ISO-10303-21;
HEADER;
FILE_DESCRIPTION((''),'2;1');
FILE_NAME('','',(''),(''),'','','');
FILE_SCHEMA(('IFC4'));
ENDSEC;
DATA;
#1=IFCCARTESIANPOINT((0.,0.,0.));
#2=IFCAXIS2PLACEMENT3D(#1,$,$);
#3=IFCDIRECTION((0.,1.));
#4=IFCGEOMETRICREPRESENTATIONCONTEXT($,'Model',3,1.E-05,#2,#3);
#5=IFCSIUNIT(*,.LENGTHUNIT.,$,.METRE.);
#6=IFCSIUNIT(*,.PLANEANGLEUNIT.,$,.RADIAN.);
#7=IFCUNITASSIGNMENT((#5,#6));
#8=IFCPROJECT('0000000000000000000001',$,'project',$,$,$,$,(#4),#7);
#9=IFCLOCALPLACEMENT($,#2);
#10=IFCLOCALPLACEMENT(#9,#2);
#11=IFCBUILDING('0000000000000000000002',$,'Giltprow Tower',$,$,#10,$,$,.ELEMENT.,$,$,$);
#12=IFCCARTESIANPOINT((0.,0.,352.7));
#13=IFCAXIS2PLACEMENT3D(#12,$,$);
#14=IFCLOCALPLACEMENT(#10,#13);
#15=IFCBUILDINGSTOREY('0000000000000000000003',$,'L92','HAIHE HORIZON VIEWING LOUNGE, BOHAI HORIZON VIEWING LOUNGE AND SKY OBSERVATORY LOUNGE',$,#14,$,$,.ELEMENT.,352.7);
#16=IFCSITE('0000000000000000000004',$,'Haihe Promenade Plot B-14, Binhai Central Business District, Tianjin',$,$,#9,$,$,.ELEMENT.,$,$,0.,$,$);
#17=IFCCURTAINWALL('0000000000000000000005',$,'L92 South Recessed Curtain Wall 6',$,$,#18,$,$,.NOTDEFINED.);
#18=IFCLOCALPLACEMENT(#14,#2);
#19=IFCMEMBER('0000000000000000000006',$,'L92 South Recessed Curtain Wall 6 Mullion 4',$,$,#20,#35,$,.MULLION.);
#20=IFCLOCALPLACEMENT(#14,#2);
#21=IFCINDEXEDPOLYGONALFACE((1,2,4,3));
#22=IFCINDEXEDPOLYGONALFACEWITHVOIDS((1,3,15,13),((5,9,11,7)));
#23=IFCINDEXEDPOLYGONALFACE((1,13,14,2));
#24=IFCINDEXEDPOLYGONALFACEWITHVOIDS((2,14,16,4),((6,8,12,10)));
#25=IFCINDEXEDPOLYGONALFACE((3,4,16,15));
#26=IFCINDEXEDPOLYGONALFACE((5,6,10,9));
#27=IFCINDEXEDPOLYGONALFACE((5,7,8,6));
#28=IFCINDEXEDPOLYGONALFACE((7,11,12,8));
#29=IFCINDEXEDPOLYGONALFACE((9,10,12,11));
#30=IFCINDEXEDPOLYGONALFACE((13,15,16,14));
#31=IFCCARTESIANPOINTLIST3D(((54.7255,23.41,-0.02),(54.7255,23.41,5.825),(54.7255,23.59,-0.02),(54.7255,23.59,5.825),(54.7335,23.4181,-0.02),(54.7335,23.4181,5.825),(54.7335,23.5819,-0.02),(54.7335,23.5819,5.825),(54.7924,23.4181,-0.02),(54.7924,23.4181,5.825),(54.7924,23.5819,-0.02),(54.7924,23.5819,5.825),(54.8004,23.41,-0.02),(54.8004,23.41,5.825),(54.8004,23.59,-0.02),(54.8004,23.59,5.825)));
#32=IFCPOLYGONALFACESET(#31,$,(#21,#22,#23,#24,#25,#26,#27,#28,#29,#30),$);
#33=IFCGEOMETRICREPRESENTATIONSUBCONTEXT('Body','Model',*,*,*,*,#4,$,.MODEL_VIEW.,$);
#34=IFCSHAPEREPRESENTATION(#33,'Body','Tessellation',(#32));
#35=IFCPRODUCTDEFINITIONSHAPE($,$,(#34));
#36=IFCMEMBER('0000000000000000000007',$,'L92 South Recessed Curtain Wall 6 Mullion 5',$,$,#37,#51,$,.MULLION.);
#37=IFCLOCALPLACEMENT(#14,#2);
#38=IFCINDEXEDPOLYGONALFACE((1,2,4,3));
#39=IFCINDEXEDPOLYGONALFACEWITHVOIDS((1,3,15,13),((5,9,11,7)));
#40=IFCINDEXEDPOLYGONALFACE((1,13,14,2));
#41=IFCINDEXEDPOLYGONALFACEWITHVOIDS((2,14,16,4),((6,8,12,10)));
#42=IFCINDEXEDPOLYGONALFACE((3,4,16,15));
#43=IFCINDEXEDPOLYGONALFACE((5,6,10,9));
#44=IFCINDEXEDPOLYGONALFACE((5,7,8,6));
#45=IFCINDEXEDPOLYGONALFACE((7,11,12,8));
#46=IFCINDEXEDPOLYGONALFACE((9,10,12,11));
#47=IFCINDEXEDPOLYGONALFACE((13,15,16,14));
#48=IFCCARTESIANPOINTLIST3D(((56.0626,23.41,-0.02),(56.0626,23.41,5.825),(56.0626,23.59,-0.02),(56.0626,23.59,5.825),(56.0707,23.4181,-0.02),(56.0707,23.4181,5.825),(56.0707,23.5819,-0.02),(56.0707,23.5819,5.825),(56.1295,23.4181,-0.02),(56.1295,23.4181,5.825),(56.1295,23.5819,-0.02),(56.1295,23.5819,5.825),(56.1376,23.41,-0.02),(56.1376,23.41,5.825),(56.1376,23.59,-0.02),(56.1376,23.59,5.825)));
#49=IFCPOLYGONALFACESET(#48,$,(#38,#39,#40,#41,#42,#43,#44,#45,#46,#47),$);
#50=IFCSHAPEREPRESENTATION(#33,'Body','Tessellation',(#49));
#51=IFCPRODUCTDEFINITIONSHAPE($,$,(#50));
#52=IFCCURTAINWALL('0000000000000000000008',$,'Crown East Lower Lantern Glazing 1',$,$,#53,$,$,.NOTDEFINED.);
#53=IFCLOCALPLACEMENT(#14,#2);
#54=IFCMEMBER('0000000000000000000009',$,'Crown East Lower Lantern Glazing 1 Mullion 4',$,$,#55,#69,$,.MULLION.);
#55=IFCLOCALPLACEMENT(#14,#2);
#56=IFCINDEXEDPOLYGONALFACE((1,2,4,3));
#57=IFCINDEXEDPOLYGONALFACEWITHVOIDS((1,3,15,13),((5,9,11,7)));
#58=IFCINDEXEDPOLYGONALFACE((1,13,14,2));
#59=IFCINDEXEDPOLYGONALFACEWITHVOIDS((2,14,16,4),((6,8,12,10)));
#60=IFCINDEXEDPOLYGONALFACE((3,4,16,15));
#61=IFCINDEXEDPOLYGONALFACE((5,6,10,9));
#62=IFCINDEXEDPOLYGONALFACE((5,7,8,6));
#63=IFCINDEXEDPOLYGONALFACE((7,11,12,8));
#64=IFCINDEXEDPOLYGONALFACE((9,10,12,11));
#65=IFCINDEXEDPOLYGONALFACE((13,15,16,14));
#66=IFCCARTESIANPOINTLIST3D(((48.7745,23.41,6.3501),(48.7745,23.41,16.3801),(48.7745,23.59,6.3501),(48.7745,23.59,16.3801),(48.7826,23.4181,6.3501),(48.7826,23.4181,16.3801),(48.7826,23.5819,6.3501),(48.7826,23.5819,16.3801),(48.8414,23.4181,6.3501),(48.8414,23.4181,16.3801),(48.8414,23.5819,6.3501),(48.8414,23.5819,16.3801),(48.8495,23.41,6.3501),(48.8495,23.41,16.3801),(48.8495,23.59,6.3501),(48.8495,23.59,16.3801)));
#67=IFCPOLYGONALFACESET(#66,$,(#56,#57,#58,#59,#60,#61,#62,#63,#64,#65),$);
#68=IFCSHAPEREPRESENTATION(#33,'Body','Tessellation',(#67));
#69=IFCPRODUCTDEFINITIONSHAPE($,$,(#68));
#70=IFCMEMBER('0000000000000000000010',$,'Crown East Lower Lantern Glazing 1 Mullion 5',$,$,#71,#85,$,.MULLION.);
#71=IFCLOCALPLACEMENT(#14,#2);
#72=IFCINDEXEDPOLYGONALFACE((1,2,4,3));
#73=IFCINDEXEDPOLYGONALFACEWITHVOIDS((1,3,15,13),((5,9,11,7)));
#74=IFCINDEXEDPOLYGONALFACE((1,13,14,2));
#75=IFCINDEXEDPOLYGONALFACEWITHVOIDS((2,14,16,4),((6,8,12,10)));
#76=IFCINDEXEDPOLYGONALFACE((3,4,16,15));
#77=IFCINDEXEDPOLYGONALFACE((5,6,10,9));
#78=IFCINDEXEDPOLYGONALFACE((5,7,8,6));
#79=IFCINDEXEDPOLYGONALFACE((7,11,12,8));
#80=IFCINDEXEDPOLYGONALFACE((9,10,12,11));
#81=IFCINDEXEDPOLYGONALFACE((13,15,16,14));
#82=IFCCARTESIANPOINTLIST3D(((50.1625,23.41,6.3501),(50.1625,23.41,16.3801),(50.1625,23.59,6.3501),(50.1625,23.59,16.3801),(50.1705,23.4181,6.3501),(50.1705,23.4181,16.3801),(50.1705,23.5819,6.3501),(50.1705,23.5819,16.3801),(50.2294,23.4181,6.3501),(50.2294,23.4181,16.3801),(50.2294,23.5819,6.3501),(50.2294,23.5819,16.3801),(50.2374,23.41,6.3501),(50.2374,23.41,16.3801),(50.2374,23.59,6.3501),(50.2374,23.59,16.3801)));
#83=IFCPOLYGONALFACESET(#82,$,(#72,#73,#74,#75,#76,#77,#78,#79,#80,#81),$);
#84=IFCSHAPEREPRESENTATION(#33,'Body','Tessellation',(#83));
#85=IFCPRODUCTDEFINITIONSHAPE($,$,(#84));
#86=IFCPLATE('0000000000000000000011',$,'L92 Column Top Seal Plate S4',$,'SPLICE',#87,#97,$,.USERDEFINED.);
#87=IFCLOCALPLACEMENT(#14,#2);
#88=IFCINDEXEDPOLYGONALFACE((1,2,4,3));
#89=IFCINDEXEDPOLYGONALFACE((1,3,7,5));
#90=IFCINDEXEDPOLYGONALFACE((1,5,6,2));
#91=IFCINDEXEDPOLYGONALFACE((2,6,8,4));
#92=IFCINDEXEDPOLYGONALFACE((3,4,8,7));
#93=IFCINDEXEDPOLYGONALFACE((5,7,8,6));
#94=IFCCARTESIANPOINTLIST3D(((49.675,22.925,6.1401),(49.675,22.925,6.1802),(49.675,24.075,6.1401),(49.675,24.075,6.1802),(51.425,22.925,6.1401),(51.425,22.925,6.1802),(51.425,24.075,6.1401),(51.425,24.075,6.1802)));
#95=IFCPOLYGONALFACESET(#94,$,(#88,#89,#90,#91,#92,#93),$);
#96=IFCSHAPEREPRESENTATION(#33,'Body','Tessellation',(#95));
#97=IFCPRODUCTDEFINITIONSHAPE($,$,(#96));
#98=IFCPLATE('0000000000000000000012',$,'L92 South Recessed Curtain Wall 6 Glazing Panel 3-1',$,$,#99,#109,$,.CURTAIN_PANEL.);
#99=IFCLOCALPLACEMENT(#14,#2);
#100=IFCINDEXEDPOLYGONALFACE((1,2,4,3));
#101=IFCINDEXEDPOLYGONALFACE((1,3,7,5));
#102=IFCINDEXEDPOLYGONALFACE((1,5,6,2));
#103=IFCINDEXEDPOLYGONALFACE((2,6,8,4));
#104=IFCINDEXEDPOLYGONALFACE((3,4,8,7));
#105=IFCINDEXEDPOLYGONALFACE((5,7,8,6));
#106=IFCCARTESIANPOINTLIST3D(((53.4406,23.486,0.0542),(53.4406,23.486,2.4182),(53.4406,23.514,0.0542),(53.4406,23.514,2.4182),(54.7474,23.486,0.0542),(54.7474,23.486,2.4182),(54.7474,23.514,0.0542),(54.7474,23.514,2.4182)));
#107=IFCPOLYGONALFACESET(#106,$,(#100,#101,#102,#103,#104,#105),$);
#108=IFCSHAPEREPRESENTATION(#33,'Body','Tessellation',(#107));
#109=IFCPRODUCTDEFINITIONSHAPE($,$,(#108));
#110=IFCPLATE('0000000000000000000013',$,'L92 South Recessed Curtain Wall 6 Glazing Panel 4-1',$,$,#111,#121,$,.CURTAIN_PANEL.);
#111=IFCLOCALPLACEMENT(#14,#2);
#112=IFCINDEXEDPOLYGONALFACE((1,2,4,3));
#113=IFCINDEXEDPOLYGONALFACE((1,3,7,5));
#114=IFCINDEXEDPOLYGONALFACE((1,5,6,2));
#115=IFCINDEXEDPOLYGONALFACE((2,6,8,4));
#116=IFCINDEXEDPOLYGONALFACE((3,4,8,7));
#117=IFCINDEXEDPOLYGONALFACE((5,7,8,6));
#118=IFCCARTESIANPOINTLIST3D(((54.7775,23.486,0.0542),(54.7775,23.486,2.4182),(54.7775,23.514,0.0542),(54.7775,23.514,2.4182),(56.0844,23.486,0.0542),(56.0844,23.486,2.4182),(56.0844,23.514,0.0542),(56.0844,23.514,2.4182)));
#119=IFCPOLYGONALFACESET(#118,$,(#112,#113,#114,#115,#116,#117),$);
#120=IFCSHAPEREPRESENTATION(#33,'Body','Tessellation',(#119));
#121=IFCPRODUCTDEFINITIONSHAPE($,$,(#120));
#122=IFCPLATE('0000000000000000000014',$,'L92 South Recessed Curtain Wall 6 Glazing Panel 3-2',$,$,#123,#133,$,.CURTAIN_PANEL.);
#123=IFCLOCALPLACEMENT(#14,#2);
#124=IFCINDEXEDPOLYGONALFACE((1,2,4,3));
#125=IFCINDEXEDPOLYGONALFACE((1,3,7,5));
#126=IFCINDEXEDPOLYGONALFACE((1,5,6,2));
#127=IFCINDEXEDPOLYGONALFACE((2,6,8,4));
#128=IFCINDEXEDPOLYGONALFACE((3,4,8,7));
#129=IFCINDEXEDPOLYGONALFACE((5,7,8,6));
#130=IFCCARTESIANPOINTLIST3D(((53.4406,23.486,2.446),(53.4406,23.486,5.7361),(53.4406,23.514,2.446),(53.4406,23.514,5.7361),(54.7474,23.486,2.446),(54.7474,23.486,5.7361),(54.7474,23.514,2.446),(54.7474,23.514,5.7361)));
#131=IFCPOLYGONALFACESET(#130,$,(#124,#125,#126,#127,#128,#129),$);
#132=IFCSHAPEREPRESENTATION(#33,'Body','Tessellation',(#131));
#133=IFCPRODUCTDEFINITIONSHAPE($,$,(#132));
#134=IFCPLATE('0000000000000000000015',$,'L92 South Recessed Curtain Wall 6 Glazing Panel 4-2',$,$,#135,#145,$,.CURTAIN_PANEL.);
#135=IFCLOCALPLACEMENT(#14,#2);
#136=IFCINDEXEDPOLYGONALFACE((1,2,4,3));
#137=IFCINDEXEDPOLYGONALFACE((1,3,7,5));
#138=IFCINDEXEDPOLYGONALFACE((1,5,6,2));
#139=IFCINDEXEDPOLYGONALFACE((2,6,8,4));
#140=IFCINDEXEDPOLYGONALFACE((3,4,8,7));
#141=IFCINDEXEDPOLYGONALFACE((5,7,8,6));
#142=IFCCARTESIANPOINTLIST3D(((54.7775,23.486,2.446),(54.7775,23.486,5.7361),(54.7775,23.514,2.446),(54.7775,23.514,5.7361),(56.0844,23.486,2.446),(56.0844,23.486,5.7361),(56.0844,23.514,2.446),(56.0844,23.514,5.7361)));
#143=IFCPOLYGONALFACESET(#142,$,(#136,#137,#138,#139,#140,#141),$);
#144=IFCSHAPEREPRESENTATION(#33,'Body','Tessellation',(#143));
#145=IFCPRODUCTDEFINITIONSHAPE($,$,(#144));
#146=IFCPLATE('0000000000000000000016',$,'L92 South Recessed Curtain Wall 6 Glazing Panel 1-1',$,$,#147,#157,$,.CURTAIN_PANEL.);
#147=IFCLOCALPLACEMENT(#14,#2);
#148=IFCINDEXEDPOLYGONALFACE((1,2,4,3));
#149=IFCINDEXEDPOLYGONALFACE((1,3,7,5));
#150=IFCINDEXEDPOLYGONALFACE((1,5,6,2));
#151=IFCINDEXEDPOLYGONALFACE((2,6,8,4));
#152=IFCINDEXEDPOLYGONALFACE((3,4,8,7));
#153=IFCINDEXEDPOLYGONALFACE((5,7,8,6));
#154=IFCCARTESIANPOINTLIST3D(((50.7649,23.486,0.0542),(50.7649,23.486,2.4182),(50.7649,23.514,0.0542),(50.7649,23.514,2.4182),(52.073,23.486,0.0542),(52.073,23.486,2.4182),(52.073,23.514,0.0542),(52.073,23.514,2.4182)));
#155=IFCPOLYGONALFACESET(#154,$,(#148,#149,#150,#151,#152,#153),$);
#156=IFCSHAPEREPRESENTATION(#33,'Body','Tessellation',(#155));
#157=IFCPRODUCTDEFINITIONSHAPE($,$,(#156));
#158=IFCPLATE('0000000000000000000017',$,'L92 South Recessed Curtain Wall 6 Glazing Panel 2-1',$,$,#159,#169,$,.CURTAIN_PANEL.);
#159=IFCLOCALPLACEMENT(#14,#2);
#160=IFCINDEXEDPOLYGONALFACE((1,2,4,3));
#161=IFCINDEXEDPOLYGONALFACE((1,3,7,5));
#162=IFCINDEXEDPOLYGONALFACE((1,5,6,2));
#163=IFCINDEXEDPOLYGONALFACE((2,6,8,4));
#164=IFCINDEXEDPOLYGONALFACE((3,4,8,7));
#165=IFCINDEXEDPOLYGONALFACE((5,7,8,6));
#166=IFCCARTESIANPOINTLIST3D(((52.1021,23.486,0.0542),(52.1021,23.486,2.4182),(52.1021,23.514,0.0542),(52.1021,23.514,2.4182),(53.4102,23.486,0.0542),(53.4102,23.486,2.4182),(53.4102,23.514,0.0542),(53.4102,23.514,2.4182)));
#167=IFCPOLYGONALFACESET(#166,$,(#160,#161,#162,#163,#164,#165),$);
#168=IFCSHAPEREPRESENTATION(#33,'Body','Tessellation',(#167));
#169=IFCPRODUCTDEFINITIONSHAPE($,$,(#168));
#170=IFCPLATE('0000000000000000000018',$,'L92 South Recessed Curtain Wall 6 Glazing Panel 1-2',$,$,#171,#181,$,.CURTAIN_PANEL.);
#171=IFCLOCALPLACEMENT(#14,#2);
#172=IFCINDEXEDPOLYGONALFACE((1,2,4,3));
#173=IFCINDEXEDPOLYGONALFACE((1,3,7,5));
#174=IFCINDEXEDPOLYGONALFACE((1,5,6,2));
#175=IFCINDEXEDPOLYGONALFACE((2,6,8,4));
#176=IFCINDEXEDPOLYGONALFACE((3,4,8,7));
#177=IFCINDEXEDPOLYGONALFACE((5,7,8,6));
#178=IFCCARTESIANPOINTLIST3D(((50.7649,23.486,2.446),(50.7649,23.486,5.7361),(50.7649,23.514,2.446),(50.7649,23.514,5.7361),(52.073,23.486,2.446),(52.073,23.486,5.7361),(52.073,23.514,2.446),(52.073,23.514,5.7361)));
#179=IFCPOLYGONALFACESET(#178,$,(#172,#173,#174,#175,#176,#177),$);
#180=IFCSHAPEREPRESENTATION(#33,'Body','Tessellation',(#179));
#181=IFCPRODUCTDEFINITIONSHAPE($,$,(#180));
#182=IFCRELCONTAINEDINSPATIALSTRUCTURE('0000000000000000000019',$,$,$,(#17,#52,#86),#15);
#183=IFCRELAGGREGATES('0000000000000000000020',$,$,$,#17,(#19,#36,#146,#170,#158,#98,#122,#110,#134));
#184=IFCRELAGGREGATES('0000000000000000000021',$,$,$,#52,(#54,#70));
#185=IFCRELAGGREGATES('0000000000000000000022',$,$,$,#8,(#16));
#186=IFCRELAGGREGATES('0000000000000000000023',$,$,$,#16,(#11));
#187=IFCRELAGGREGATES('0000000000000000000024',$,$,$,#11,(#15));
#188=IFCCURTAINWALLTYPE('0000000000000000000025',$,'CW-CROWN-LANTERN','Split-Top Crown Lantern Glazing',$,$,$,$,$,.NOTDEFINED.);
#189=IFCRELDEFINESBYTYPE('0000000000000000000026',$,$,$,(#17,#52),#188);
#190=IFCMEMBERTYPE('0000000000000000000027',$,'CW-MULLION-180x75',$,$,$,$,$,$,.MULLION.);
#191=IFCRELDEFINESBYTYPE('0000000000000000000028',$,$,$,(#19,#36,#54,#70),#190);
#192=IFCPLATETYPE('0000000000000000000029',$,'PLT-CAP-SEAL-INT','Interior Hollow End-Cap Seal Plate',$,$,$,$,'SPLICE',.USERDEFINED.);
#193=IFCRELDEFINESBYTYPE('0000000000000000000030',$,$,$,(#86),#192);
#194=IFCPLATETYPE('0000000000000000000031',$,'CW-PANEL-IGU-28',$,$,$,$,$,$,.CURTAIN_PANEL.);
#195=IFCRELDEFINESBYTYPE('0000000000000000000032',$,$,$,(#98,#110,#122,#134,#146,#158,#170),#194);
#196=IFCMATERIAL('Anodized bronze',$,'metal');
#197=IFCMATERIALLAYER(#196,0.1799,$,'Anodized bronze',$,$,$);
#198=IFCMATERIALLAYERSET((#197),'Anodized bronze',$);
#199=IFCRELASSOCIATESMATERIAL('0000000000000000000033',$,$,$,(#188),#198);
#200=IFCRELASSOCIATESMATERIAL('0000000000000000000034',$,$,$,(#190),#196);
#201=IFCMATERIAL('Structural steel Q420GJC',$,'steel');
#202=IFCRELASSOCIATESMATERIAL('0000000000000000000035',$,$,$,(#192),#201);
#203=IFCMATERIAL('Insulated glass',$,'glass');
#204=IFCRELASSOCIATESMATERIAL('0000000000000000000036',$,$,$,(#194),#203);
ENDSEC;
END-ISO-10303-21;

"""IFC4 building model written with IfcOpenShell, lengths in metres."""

from ifc_helpers import new_model, si_unit, direction, frame, origin, origin_2d, place, context, subcontext, project, spatial, rectangle, hollow_rectangle, extrude, source, transform, mapped, material, layer, layer_set, material_profile, profile_set, type_object, element, aggregate, save


model = new_model("IFC4")

# Units and contexts
model_context = context("Model", 3, precision=1e-05, world=origin(), true_north=direction((0.0, 1.0)))
body_context = subcontext(model_context, "Body", "Model", "MODEL_VIEW")
ifc_project = project(units=[si_unit("LENGTHUNIT", "METRE"), si_unit("PLANEANGLEUNIT", "RADIAN")], contexts=[model_context])

# Site, building, storey
site_placement = place(None, origin())
site = spatial("IfcSite", under=ifc_project, at=site_placement, Name="Haihe Promenade Plot B-14, Binhai Central Business District, Tianjin", CompositionType="ELEMENT", RefElevation=0.0)
building_placement = place(site_placement, origin())
building = spatial("IfcBuilding", under=site, at=building_placement, Name="Giltprow Tower", CompositionType="ELEMENT")
storey_placement = place(building_placement, frame((0.0, 0.0, 352.7)))
storey = spatial("IfcBuildingStorey", under=building, at=storey_placement, Name="L92", Description="HAIHE HORIZON VIEWING LOUNGE, BOHAI HORIZON VIEWING LOUNGE AND SKY OBSERVATORY LOUNGE", CompositionType="ELEMENT", Elevation=352.7)

# Curtain walls, members
ifc_material_1 = material(Name="Anodized bronze", Category="metal")
ifc_layer_1 = layer(ifc_material_1, 0.1799, Name="Anodized bronze")
ifc_layer_set_1 = layer_set([ifc_layer_1], Name="Anodized bronze")
curtain_wall_type = type_object("IfcCurtainWallType", Name="CW-CROWN-LANTERN", Description="Split-Top Crown Lantern Glazing", PredefinedType="NOTDEFINED", material=ifc_layer_set_1)
curtain_wall_1_placement = place(storey_placement, origin())
curtain_wall_1 = element("IfcCurtainWall", 1, at=curtain_wall_1_placement, inside=storey, type_object=curtain_wall_type, Name="L92 South Recessed Curtain Wall 6", PredefinedType="NOTDEFINED")
ifc_material_profile_1 = material_profile(ifc_material_1, hollow_rectangle(XDim=0.075, YDim=0.1799, WallThickness=0.0081, at=origin_2d()), Name="RHS 180x75x8")
ifc_profile_set_1 = profile_set([ifc_material_profile_1], Name="Anodized bronze")
member_type_1 = type_object("IfcMemberType", Name="CW-MULLION-180x75", PredefinedType="MULLION", material=ifc_profile_set_1)
shared_shape_1 = source(origin(), body_context, "Body", "SweptSolid", [
    extrude(hollow_rectangle(XDim=0.075, YDim=0.1799, WallThickness=0.0081, at=origin_2d()), origin(), (0.0, 0.0, 1.0), 5.845),
])
member_1_placement = place(storey_placement, frame((54.7629, 23.5, -0.02), z_axis=(0.0, 0.0, 1.0), x_axis=(1.0, 0.0, 0.0)))
member_1 = element("IfcMember", 2, at=member_1_placement, type_object=member_type_1, Name="L92 South Recessed Curtain Wall 6 Mullion 4", PredefinedType="MULLION", context=body_context, shape_type="MappedRepresentation", body=[
    mapped(shared_shape_1, transform((0.0, 0.0, 0.0), x_axis=(1.0, 0.0, 0.0), y_axis=(0.0, 1.0, 0.0), z_axis=(0.0, 0.0, 1.0), scale=1.0)),
])
member_2_placement = place(storey_placement, frame((56.1001, 23.5, -0.02), z_axis=(0.0, 0.0, 1.0), x_axis=(1.0, 0.0, 0.0)))
member_2 = element("IfcMember", 3, at=member_2_placement, type_object=member_type_1, Name="L92 South Recessed Curtain Wall 6 Mullion 5", PredefinedType="MULLION", context=body_context, shape_type="MappedRepresentation", body=[
    mapped(shared_shape_1, transform((0.0, 0.0, 0.0), x_axis=(1.0, 0.0, 0.0), y_axis=(0.0, 1.0, 0.0), z_axis=(0.0, 0.0, 1.0), scale=1.0)),
])
curtain_wall_2_placement = place(storey_placement, origin())
curtain_wall_2 = element("IfcCurtainWall", 4, at=curtain_wall_2_placement, inside=storey, type_object=curtain_wall_type, Name="Crown East Lower Lantern Glazing 1", PredefinedType="NOTDEFINED")
shared_shape_2 = source(origin(), body_context, "Body", "SweptSolid", [
    extrude(hollow_rectangle(XDim=0.075, YDim=0.1799, WallThickness=0.0081, at=origin_2d()), origin(), (0.0, 0.0, 1.0), 10.03),
])
member_3_placement = place(storey_placement, frame((48.812, 23.5, 6.3501), z_axis=(0.0, 0.0, 1.0), x_axis=(1.0, 0.0, 0.0)))
member_3 = element("IfcMember", 5, at=member_3_placement, type_object=member_type_1, Name="Crown East Lower Lantern Glazing 1 Mullion 4", PredefinedType="MULLION", context=body_context, shape_type="MappedRepresentation", body=[
    mapped(shared_shape_2, transform((0.0, 0.0, 0.0), x_axis=(1.0, 0.0, 0.0), y_axis=(0.0, 1.0, 0.0), z_axis=(0.0, 0.0, 1.0), scale=1.0)),
])
member_4_placement = place(storey_placement, frame((50.2, 23.5, 6.3501), z_axis=(0.0, 0.0, 1.0), x_axis=(1.0, 0.0, 0.0)))
member_4 = element("IfcMember", 6, at=member_4_placement, type_object=member_type_1, Name="Crown East Lower Lantern Glazing 1 Mullion 5", PredefinedType="MULLION", context=body_context, shape_type="MappedRepresentation", body=[
    mapped(shared_shape_2, transform((0.0, 0.0, 0.0), x_axis=(1.0, 0.0, 0.0), y_axis=(0.0, 1.0, 0.0), z_axis=(0.0, 0.0, 1.0), scale=1.0)),
])

# Plates
ifc_material_2 = material(Name="Structural steel Q420GJC", Category="steel")
plate_type_1 = type_object("IfcPlateType", Name="PLT-CAP-SEAL-INT", Description="Interior Hollow End-Cap Seal Plate", ElementType="SPLICE", PredefinedType="USERDEFINED", material=ifc_material_2)
shared_shape_3 = source(origin(), body_context, "Body", "SweptSolid", [
    extrude(rectangle(XDim=1.75, YDim=1.1499, at=origin_2d()), origin(), (0.0, 0.0, 1.0), 0.04),
])
plate_1_placement = place(storey_placement, frame((50.55, 23.5, 6.1401), z_axis=(0.0, 0.0, 1.0), x_axis=(1.0, 0.0, 0.0)))
element("IfcPlate", 7, at=plate_1_placement, inside=storey, type_object=plate_type_1, Name="L92 Column Top Seal Plate S4", ObjectType="SPLICE", PredefinedType="USERDEFINED", context=body_context, shape_type="MappedRepresentation", body=[
    mapped(shared_shape_3, transform((0.0, 0.0, 0.0), x_axis=(1.0, 0.0, 0.0), y_axis=(0.0, 1.0, 0.0), z_axis=(0.0, 0.0, 1.0), scale=1.0)),
])
ifc_material_3 = material(Name="Insulated glass", Category="glass")
plate_type_2 = type_object("IfcPlateType", Name="CW-PANEL-IGU-28", PredefinedType="CURTAIN_PANEL", material=ifc_material_3)
shared_shape_4 = source(origin(), body_context, "Body", "SweptSolid", [
    extrude(rectangle(XDim=1.3069, YDim=0.0281, at=origin_2d()), origin(), (0.0, 0.0, 1.0), 2.364),
])
plate_2_placement = place(storey_placement, frame((54.094, 23.5, 0.0542), z_axis=(0.0, 0.0, 1.0), x_axis=(1.0, 0.0, 0.0)))
plate_2 = element("IfcPlate", 8, at=plate_2_placement, type_object=plate_type_2, Name="L92 South Recessed Curtain Wall 6 Glazing Panel 3-1", PredefinedType="CURTAIN_PANEL", context=body_context, shape_type="MappedRepresentation", body=[
    mapped(shared_shape_4, transform((0.0, 0.0, 0.0), x_axis=(1.0, 0.0, 0.0), y_axis=(0.0, 1.0, 0.0), z_axis=(0.0, 0.0, 1.0), scale=1.0)),
])
plate_3_placement = place(storey_placement, frame((55.4309, 23.5, 0.0542), z_axis=(0.0, 0.0, 1.0), x_axis=(1.0, 0.0, 0.0)))
plate_3 = element("IfcPlate", 9, at=plate_3_placement, type_object=plate_type_2, Name="L92 South Recessed Curtain Wall 6 Glazing Panel 4-1", PredefinedType="CURTAIN_PANEL", context=body_context, shape_type="MappedRepresentation", body=[
    mapped(shared_shape_4, transform((0.0, 0.0, 0.0), x_axis=(1.0, 0.0, 0.0), y_axis=(0.0, 1.0, 0.0), z_axis=(0.0, 0.0, 1.0), scale=1.0)),
])
shared_shape_5 = source(origin(), body_context, "Body", "SweptSolid", [
    extrude(rectangle(XDim=1.3069, YDim=0.0281, at=origin_2d()), origin(), (0.0, 0.0, 1.0), 3.29),
])
plate_4_placement = place(storey_placement, frame((54.094, 23.5, 2.446), z_axis=(0.0, 0.0, 1.0), x_axis=(1.0, 0.0, 0.0)))
plate_4 = element("IfcPlate", 10, at=plate_4_placement, type_object=plate_type_2, Name="L92 South Recessed Curtain Wall 6 Glazing Panel 3-2", PredefinedType="CURTAIN_PANEL", context=body_context, shape_type="MappedRepresentation", body=[
    mapped(shared_shape_5, transform((0.0, 0.0, 0.0), x_axis=(1.0, 0.0, 0.0), y_axis=(0.0, 1.0, 0.0), z_axis=(0.0, 0.0, 1.0), scale=1.0)),
])
plate_5_placement = place(storey_placement, frame((55.4309, 23.5, 2.446), z_axis=(0.0, 0.0, 1.0), x_axis=(1.0, 0.0, 0.0)))
plate_5 = element("IfcPlate", 11, at=plate_5_placement, type_object=plate_type_2, Name="L92 South Recessed Curtain Wall 6 Glazing Panel 4-2", PredefinedType="CURTAIN_PANEL", context=body_context, shape_type="MappedRepresentation", body=[
    mapped(shared_shape_5, transform((0.0, 0.0, 0.0), x_axis=(1.0, 0.0, 0.0), y_axis=(0.0, 1.0, 0.0), z_axis=(0.0, 0.0, 1.0), scale=1.0)),
])
shared_shape_6 = source(origin(), body_context, "Body", "SweptSolid", [
    extrude(rectangle(XDim=1.3081, YDim=0.0281, at=origin_2d()), origin(), (0.0, 0.0, 1.0), 2.364),
])
plate_6_placement = place(storey_placement, frame((51.4189, 23.5, 0.0542), z_axis=(0.0, 0.0, 1.0), x_axis=(1.0, 0.0, 0.0)))
plate_6 = element("IfcPlate", 12, at=plate_6_placement, type_object=plate_type_2, Name="L92 South Recessed Curtain Wall 6 Glazing Panel 1-1", PredefinedType="CURTAIN_PANEL", context=body_context, shape_type="MappedRepresentation", body=[
    mapped(shared_shape_6, transform((0.0, 0.0, 0.0), x_axis=(1.0, 0.0, 0.0), y_axis=(0.0, 1.0, 0.0), z_axis=(0.0, 0.0, 1.0), scale=1.0)),
])
plate_7_placement = place(storey_placement, frame((52.7561, 23.5, 0.0542), z_axis=(0.0, 0.0, 1.0), x_axis=(1.0, 0.0, 0.0)))
plate_7 = element("IfcPlate", 13, at=plate_7_placement, type_object=plate_type_2, Name="L92 South Recessed Curtain Wall 6 Glazing Panel 2-1", PredefinedType="CURTAIN_PANEL", context=body_context, shape_type="MappedRepresentation", body=[
    mapped(shared_shape_6, transform((0.0, 0.0, 0.0), x_axis=(1.0, 0.0, 0.0), y_axis=(0.0, 1.0, 0.0), z_axis=(0.0, 0.0, 1.0), scale=1.0)),
])
shared_shape_7 = source(origin(), body_context, "Body", "SweptSolid", [
    extrude(rectangle(XDim=1.3081, YDim=0.0281, at=origin_2d()), origin(), (0.0, 0.0, 1.0), 3.29),
])
plate_8_placement = place(storey_placement, frame((51.4189, 23.5, 2.446), z_axis=(0.0, 0.0, 1.0), x_axis=(1.0, 0.0, 0.0)))
plate_8 = element("IfcPlate", 14, at=plate_8_placement, type_object=plate_type_2, Name="L92 South Recessed Curtain Wall 6 Glazing Panel 1-2", PredefinedType="CURTAIN_PANEL", context=body_context, shape_type="MappedRepresentation", body=[
    mapped(shared_shape_7, transform((0.0, 0.0, 0.0), x_axis=(1.0, 0.0, 0.0), y_axis=(0.0, 1.0, 0.0), z_axis=(0.0, 0.0, 1.0), scale=1.0)),
])
aggregate(curtain_wall_1, [member_1, member_2, plate_6, plate_8, plate_7, plate_2, plate_4, plate_3, plate_5])
aggregate(curtain_wall_2, [member_3, member_4])

save(model, "model.ifc")
